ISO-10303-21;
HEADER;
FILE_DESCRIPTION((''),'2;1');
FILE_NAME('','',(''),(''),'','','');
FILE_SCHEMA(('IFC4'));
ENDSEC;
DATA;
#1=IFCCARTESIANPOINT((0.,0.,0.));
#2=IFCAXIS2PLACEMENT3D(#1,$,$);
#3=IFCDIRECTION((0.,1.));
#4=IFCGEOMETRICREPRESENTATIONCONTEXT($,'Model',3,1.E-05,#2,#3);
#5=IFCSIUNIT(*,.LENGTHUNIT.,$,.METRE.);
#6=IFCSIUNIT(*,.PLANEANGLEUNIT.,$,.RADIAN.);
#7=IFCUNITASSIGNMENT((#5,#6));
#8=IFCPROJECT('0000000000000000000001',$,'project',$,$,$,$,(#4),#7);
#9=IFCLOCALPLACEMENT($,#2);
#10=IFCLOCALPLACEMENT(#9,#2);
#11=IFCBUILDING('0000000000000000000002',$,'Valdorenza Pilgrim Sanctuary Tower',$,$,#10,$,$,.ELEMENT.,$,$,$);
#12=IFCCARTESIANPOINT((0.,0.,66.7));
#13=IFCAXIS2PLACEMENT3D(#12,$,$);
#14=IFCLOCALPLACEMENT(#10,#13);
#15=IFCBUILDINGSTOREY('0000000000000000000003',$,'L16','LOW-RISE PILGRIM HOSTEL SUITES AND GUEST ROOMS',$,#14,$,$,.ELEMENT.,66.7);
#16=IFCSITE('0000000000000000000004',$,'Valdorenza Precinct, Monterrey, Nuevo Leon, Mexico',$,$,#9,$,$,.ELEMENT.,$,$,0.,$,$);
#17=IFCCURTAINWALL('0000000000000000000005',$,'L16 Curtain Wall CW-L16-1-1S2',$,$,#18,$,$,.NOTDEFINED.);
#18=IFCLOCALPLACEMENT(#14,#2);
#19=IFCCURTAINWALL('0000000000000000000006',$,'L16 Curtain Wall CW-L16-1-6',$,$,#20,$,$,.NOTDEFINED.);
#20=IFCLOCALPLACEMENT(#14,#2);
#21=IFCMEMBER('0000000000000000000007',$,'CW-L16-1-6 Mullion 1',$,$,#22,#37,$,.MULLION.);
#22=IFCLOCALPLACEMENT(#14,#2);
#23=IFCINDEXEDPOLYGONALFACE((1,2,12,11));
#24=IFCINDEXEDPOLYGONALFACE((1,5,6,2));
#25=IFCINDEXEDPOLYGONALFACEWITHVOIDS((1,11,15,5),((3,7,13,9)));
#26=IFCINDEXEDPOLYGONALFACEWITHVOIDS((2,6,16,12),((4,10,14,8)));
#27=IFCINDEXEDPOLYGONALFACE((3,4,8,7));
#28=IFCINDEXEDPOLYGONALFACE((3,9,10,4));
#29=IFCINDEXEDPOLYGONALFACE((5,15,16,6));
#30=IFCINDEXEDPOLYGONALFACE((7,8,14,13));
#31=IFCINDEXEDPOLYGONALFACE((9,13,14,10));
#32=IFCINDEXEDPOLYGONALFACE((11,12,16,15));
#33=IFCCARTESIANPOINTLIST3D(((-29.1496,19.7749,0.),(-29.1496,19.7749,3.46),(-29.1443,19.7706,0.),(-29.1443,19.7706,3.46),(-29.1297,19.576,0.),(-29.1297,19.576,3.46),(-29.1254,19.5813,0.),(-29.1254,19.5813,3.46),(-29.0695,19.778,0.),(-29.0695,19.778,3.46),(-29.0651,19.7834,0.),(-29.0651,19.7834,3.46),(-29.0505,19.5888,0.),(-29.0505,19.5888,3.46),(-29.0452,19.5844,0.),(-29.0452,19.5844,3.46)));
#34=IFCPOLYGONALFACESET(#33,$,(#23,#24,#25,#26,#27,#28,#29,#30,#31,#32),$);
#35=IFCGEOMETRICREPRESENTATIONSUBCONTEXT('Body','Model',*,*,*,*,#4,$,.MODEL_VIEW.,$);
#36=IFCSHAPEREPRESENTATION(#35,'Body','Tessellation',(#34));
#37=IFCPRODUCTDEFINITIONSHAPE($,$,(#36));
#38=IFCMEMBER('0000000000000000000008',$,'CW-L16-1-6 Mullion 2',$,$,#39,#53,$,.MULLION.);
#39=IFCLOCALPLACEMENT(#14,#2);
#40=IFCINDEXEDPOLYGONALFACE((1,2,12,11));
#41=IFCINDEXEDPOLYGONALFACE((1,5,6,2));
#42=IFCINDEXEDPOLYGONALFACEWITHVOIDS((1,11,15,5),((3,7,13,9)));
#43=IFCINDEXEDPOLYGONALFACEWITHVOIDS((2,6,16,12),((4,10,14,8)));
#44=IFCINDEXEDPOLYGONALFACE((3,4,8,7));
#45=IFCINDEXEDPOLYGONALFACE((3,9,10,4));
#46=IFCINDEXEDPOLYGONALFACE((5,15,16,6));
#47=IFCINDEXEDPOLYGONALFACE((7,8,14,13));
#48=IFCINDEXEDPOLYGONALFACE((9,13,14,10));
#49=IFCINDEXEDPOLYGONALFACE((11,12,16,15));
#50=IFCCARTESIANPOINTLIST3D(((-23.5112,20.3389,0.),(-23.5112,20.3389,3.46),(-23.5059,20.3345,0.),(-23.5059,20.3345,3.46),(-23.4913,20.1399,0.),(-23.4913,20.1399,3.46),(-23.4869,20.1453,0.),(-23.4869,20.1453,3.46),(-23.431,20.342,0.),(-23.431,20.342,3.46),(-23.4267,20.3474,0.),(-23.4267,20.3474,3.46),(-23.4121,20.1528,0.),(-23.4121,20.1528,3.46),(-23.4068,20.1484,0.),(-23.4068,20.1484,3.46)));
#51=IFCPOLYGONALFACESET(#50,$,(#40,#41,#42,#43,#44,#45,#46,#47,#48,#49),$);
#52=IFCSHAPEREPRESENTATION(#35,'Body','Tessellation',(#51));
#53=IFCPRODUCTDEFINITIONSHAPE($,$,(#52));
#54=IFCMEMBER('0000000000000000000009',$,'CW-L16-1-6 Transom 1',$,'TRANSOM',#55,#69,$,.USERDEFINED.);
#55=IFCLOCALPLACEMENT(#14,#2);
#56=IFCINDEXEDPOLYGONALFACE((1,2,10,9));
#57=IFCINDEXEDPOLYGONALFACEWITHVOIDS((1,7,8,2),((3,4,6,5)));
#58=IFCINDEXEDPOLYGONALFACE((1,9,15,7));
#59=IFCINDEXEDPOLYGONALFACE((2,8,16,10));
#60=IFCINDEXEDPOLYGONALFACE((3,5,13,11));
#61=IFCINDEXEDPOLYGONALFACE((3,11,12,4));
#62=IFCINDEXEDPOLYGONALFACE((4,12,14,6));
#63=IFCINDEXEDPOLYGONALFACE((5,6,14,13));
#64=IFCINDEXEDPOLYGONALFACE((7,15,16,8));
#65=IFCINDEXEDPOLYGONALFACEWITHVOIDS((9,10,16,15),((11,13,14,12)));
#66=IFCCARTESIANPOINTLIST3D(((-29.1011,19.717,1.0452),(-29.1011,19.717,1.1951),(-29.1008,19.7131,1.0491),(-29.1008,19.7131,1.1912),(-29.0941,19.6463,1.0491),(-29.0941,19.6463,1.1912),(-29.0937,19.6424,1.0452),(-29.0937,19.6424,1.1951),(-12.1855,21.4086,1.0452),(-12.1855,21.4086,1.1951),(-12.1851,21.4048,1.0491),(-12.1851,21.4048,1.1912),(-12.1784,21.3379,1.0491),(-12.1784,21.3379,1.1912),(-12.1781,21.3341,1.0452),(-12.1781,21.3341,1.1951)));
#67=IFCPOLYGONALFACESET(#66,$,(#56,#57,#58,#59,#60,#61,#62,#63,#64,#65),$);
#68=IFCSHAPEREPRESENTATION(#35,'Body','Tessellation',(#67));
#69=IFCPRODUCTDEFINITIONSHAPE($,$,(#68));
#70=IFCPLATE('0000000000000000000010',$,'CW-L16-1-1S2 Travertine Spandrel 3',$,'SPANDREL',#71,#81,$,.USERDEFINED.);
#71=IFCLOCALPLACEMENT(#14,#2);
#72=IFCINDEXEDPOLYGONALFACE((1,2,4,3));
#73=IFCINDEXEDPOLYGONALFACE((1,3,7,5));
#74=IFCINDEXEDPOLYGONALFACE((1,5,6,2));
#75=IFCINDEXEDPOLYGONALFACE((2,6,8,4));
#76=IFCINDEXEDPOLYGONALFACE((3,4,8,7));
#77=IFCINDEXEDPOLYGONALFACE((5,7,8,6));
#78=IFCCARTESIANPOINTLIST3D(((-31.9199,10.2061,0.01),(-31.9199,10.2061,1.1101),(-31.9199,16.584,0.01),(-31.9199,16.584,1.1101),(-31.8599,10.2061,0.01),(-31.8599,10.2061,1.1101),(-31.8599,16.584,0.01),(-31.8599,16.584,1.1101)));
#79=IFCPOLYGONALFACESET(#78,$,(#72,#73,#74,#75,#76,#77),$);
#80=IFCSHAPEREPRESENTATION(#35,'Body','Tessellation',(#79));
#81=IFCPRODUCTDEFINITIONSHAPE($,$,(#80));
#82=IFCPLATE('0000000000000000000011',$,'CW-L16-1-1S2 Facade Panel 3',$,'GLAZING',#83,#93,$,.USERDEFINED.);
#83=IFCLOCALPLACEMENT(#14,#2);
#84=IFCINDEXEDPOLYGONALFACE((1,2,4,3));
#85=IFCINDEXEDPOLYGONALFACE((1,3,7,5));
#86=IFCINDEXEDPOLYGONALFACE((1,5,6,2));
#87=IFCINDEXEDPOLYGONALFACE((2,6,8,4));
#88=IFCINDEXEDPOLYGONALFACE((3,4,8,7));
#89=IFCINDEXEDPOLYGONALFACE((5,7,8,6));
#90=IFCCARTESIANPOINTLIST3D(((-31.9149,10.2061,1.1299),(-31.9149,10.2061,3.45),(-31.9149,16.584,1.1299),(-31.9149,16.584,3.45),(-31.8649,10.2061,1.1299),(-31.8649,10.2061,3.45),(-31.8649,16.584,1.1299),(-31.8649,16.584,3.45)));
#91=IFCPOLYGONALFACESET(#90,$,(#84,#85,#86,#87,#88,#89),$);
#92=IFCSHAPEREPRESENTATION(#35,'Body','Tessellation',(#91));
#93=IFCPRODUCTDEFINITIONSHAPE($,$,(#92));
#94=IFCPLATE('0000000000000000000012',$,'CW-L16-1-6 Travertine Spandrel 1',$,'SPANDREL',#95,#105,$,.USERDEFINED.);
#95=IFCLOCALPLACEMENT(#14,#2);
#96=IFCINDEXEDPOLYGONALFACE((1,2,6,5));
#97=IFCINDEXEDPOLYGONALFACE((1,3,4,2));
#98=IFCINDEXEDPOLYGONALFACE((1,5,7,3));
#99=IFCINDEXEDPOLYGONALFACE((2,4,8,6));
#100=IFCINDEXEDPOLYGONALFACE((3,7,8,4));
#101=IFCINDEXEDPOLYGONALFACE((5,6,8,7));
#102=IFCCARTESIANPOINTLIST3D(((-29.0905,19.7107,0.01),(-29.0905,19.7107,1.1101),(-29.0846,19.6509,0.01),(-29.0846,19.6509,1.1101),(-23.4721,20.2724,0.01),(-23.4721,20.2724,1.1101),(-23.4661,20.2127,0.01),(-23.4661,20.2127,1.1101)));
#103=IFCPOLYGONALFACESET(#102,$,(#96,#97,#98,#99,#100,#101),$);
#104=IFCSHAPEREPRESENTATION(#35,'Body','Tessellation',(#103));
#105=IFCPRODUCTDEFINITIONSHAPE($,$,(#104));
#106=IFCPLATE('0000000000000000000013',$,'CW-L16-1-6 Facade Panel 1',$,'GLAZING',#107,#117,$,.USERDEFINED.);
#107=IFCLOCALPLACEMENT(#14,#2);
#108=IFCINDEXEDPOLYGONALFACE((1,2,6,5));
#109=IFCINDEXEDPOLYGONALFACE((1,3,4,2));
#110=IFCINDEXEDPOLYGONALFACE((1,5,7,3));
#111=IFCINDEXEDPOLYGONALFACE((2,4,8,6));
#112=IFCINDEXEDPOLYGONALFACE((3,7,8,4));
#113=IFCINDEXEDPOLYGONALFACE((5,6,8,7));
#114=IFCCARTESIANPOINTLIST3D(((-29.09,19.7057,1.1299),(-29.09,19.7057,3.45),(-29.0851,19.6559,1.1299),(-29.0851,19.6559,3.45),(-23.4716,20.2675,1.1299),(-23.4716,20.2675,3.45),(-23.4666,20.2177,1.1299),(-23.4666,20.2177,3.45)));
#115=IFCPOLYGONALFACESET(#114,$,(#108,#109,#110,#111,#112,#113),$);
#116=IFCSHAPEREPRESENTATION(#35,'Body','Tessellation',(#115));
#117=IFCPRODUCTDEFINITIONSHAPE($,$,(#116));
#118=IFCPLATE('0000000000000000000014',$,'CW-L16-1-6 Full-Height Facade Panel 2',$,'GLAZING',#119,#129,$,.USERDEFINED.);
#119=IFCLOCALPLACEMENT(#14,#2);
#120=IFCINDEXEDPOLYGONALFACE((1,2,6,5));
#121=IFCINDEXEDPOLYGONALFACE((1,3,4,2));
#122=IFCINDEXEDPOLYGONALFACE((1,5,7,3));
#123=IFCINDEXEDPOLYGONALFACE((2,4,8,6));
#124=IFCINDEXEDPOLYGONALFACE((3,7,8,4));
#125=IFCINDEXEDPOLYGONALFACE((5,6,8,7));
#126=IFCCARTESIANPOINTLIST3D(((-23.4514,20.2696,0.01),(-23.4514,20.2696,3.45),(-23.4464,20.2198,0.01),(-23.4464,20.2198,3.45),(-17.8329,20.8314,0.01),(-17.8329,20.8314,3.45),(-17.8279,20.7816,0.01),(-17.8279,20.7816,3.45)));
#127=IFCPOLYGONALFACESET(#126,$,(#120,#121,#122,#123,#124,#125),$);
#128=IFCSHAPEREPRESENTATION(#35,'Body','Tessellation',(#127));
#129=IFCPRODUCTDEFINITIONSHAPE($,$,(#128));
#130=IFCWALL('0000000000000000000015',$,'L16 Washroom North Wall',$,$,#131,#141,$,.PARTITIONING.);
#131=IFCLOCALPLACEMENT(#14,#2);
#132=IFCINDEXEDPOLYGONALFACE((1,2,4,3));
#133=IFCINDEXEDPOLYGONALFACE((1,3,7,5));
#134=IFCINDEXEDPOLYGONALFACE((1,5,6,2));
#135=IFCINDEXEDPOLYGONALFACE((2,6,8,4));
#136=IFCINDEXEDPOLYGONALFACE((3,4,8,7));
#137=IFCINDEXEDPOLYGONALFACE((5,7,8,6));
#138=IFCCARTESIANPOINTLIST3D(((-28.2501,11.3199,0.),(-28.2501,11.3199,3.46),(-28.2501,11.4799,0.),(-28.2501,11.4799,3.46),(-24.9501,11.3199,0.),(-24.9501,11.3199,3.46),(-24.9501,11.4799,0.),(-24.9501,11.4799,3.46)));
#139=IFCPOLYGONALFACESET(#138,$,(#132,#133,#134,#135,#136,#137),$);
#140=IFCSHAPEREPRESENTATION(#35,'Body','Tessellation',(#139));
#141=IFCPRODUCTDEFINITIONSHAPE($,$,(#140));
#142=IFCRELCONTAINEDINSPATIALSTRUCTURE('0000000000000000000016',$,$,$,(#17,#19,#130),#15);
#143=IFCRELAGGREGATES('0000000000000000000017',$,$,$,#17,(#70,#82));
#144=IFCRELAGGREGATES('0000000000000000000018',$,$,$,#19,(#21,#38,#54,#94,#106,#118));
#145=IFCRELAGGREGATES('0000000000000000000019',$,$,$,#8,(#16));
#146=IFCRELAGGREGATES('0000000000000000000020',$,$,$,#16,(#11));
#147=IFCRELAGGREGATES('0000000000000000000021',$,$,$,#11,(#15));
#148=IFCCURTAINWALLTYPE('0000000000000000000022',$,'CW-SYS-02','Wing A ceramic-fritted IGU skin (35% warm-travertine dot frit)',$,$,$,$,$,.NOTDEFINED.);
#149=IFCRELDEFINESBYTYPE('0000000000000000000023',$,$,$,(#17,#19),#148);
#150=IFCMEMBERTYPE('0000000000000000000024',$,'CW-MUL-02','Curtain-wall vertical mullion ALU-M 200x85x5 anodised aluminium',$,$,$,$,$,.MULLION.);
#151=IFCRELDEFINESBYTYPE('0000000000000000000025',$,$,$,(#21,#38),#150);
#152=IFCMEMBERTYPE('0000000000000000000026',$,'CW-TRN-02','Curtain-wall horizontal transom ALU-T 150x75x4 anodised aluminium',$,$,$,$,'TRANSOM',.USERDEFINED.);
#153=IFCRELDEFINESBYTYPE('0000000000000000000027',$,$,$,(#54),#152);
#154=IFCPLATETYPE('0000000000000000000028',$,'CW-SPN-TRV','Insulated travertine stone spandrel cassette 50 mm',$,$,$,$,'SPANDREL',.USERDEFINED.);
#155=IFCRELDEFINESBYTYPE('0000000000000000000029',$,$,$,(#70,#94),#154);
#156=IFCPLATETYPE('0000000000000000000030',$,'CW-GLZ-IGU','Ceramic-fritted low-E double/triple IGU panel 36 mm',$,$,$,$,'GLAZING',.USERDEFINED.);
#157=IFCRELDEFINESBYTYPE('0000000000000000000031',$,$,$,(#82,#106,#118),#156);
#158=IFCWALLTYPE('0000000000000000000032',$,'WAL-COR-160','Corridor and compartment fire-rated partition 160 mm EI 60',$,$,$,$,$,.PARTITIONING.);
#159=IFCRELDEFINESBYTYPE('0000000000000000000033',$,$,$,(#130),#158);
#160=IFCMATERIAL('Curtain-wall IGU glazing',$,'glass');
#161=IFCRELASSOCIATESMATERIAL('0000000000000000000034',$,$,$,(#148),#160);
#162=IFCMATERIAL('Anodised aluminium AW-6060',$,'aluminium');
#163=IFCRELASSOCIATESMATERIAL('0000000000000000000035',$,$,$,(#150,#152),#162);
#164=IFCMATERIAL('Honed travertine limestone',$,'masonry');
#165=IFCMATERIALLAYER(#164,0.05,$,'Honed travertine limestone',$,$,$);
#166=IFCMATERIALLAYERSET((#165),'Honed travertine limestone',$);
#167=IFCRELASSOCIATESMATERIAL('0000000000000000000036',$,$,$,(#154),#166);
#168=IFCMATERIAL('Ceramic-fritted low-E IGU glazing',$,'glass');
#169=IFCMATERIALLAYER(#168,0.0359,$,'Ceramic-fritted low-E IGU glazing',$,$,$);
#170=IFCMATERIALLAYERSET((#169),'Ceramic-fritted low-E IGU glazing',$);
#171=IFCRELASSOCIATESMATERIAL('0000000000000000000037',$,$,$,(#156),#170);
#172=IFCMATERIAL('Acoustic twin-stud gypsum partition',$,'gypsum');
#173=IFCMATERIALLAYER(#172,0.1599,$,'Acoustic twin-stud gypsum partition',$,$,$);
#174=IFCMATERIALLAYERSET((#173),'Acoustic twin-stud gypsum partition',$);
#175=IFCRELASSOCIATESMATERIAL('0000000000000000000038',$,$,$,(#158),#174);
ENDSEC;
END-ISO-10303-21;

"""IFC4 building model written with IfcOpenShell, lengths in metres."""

from ifc_helpers import new_model, si_unit, direction, frame, frame_2d, origin, origin_2d, place, context, subcontext, project, spatial, rectangle, hollow_rectangle, extrude, source, transform, mapped, material, layer, layer_set, material_profile, profile_set, type_object, element, aggregate, save


model = new_model("IFC4")

# Units and contexts
model_context = context("Model", 3, precision=1e-05, world=origin(), true_north=direction((0.0, 1.0)))
body_context = subcontext(model_context, "Body", "Model", "MODEL_VIEW")
ifc_project = project(units=[si_unit("LENGTHUNIT", "METRE"), si_unit("PLANEANGLEUNIT", "RADIAN")], contexts=[model_context])

# Site, building, storey
site_placement = place(None, origin())
site = spatial("IfcSite", under=ifc_project, at=site_placement, Name="Valdorenza Precinct, Monterrey, Nuevo Leon, Mexico", CompositionType="ELEMENT", RefElevation=0.0)
building_placement = place(site_placement, origin())
building = spatial("IfcBuilding", under=site, at=building_placement, Name="Valdorenza Pilgrim Sanctuary Tower", CompositionType="ELEMENT")
storey_placement = place(building_placement, frame((0.0, 0.0, 66.7)))
storey = spatial("IfcBuildingStorey", under=building, at=storey_placement, Name="L16", Description="LOW-RISE PILGRIM HOSTEL SUITES AND GUEST ROOMS", CompositionType="ELEMENT", Elevation=66.7)

# Curtain walls, members
ifc_material_1 = material(Name="Curtain-wall IGU glazing", Category="glass")
curtain_wall_type = type_object("IfcCurtainWallType", Name="CW-SYS-02", Description="Wing A ceramic-fritted IGU skin (35% warm-travertine dot frit)", PredefinedType="NOTDEFINED", material=ifc_material_1)
curtain_wall_1_placement = place(storey_placement, origin())
curtain_wall_1 = element("IfcCurtainWall", 1, at=curtain_wall_1_placement, inside=storey, type_object=curtain_wall_type, Name="L16 Curtain Wall CW-L16-1-1S2", PredefinedType="NOTDEFINED")
ifc_material_2 = material(Name="Anodised aluminium AW-6060", Category="aluminium")
ifc_material_profile_1 = material_profile(ifc_material_2, hollow_rectangle(XDim=0.085, YDim=0.2, WallThickness=0.0049, at=origin_2d()), Name="ALU-M 200x85x5")
ifc_profile_set_1 = profile_set([ifc_material_profile_1], Name="Anodised aluminium AW-6060")
member_type_1 = type_object("IfcMemberType", Name="CW-MUL-02", Description="Curtain-wall vertical mullion ALU-M 200x85x5 anodised aluminium", PredefinedType="MULLION", material=ifc_profile_set_1)
shared_shape_1 = source(origin(), body_context, "Body", "SweptSolid", [
    extrude(hollow_rectangle(XDim=0.085, YDim=0.2, WallThickness=0.0049, at=origin_2d()), origin(), (0.0, 0.0, 1.0), 3.46),
])
curtain_wall_2_placement = place(storey_placement, origin())
curtain_wall_2 = element("IfcCurtainWall", 2, at=curtain_wall_2_placement, inside=storey, type_object=curtain_wall_type, Name="L16 Curtain Wall CW-L16-1-6", PredefinedType="NOTDEFINED")
member_1_placement = place(storey_placement, frame((-29.0974, 19.6797, 0.0), z_axis=(0.0, 0.0, 1.0), x_axis=(0.995038, 0.099493, 0.0)))
member_1 = element("IfcMember", 3, at=member_1_placement, type_object=member_type_1, Name="CW-L16-1-6 Mullion 1", PredefinedType="MULLION", context=body_context, shape_type="MappedRepresentation", body=[
    mapped(shared_shape_1, transform((0.0, 0.0, 0.0), x_axis=(1.0, 0.0, 0.0), y_axis=(0.0, 1.0, 0.0), z_axis=(0.0, 0.0, 1.0), scale=1.0)),
])
member_2_placement = place(storey_placement, frame((-23.459, 20.2437, 0.0), z_axis=(0.0, 0.0, 1.0), x_axis=(0.995038, 0.099493, 0.0)))
member_2 = element("IfcMember", 4, at=member_2_placement, type_object=member_type_1, Name="CW-L16-1-6 Mullion 2", PredefinedType="MULLION", context=body_context, shape_type="MappedRepresentation", body=[
    mapped(shared_shape_1, transform((0.0, 0.0, 0.0), x_axis=(1.0, 0.0, 0.0), y_axis=(0.0, 1.0, 0.0), z_axis=(0.0, 0.0, 1.0), scale=1.0)),
])
ifc_material_profile_2 = material_profile(ifc_material_2, hollow_rectangle(XDim=0.075, YDim=0.1499, WallThickness=0.0039, at=origin_2d()), Name="ALU-T 150x75x4")
ifc_profile_set_2 = profile_set([ifc_material_profile_2], Name="Anodised aluminium AW-6060")
member_type_2 = type_object("IfcMemberType", Name="CW-TRN-02", Description="Curtain-wall horizontal transom ALU-T 150x75x4 anodised aluminium", ElementType="TRANSOM", PredefinedType="USERDEFINED", material=ifc_profile_set_2)
shared_shape_2 = source(origin(), body_context, "Body", "SweptSolid", [
    extrude(hollow_rectangle(XDim=0.075, YDim=0.1499, WallThickness=0.0039, at=origin_2d()), origin(), (0.0, 0.0, 1.0), 17.0),
])
member_3_placement = place(storey_placement, frame((-29.0974, 19.6797, 1.1201), z_axis=(0.995037, 0.099509, 0.0), x_axis=(-0.099509, 0.995037, 0.0)))
member_3 = element("IfcMember", 5, at=member_3_placement, type_object=member_type_2, Name="CW-L16-1-6 Transom 1", ObjectType="TRANSOM", PredefinedType="USERDEFINED", context=body_context, shape_type="MappedRepresentation", body=[
    mapped(shared_shape_2, transform((0.0, 0.0, 0.0), x_axis=(1.0, 0.0, 0.0), y_axis=(0.0, 1.0, 0.0), z_axis=(0.0, 0.0, 1.0), scale=1.0)),
])

# Plates
ifc_material_3 = material(Name="Honed travertine limestone", Category="masonry")
ifc_layer_1 = layer(ifc_material_3, 0.05, Name="Honed travertine limestone")
ifc_layer_set_1 = layer_set([ifc_layer_1], Name="Honed travertine limestone")
plate_type_1 = type_object("IfcPlateType", Name="CW-SPN-TRV", Description="Insulated travertine stone spandrel cassette 50 mm", ElementType="SPANDREL", PredefinedType="USERDEFINED", material=ifc_layer_set_1)
shared_shape_3 = source(origin(), body_context, "Body", "SweptSolid", [
    extrude(rectangle(XDim=6.3779, YDim=0.0601, at=origin_2d()), origin(), (0.0, 0.0, 1.0), 1.1001),
])
plate_1_placement = place(storey_placement, frame((-31.8899, 13.395, 0.01), z_axis=(0.0, 0.0, 1.0), x_axis=(0.0, 1.0, 0.0)))
plate_1 = element("IfcPlate", 6, at=plate_1_placement, type_object=plate_type_1, Name="CW-L16-1-1S2 Travertine Spandrel 3", ObjectType="SPANDREL", PredefinedType="USERDEFINED", context=body_context, shape_type="MappedRepresentation", body=[
    mapped(shared_shape_3, transform((0.0, 0.0, 0.0), x_axis=(1.0, 0.0, 0.0), y_axis=(0.0, 1.0, 0.0), z_axis=(0.0, 0.0, 1.0), scale=1.0)),
])
ifc_material_4 = material(Name="Ceramic-fritted low-E IGU glazing", Category="glass")
ifc_layer_2 = layer(ifc_material_4, 0.0359, Name="Ceramic-fritted low-E IGU glazing")
ifc_layer_set_2 = layer_set([ifc_layer_2], Name="Ceramic-fritted low-E IGU glazing")
plate_type_2 = type_object("IfcPlateType", Name="CW-GLZ-IGU", Description="Ceramic-fritted low-E double/triple IGU panel 36 mm", ElementType="GLAZING", PredefinedType="USERDEFINED", material=ifc_layer_set_2)
shared_shape_4 = source(origin(), body_context, "Body", "SweptSolid", [
    extrude(rectangle(XDim=6.3779, YDim=0.05, at=origin_2d()), origin(), (0.0, 0.0, 1.0), 2.3201),
])
plate_2_placement = place(storey_placement, frame((-31.8899, 13.395, 1.1299), z_axis=(0.0, 0.0, 1.0), x_axis=(0.0, 1.0, 0.0)))
plate_2 = element("IfcPlate", 7, at=plate_2_placement, type_object=plate_type_2, Name="CW-L16-1-1S2 Facade Panel 3", ObjectType="GLAZING", PredefinedType="USERDEFINED", context=body_context, shape_type="MappedRepresentation", body=[
    mapped(shared_shape_4, transform((0.0, 0.0, 0.0), x_axis=(1.0, 0.0, 0.0), y_axis=(0.0, 1.0, 0.0), z_axis=(0.0, 0.0, 1.0), scale=1.0)),
])
aggregate(curtain_wall_1, [plate_1, plate_2])
shared_shape_5 = source(origin(), body_context, "Body", "SweptSolid", [
    extrude(rectangle(XDim=5.6465, YDim=0.0601, at=origin_2d()), origin(), (0.0, 0.0, 1.0), 1.1001),
])
plate_3_placement = place(storey_placement, frame((-26.2783, 19.9617, 0.01), z_axis=(0.0, 0.0, 1.0), x_axis=(0.995038, 0.099493, 0.0)))
plate_3 = element("IfcPlate", 8, at=plate_3_placement, type_object=plate_type_1, Name="CW-L16-1-6 Travertine Spandrel 1", ObjectType="SPANDREL", PredefinedType="USERDEFINED", context=body_context, shape_type="MappedRepresentation", body=[
    mapped(shared_shape_5, transform((0.0, 0.0, 0.0), x_axis=(1.0, 0.0, 0.0), y_axis=(0.0, 1.0, 0.0), z_axis=(0.0, 0.0, 1.0), scale=1.0)),
])
shared_shape_6 = source(origin(), body_context, "Body", "SweptSolid", [
    extrude(rectangle(XDim=5.6465, YDim=0.05, at=origin_2d()), origin(), (0.0, 0.0, 1.0), 2.3201),
])
plate_4_placement = place(storey_placement, frame((-26.2783, 19.9617, 1.1299), z_axis=(0.0, 0.0, 1.0), x_axis=(0.995038, 0.099493, 0.0)))
plate_4 = element("IfcPlate", 9, at=plate_4_placement, type_object=plate_type_2, Name="CW-L16-1-6 Facade Panel 1", ObjectType="GLAZING", PredefinedType="USERDEFINED", context=body_context, shape_type="MappedRepresentation", body=[
    mapped(shared_shape_6, transform((0.0, 0.0, 0.0), x_axis=(1.0, 0.0, 0.0), y_axis=(0.0, 1.0, 0.0), z_axis=(0.0, 0.0, 1.0), scale=1.0)),
])
shared_shape_7 = source(origin(), body_context, "Body", "SweptSolid", [
    extrude(rectangle(XDim=5.6465, YDim=0.05, at=origin_2d()), origin(), (0.0, 0.0, 1.0), 3.4399),
])
plate_5_placement = place(storey_placement, frame((-20.6396, 20.5256, 0.01), z_axis=(0.0, 0.0, 1.0), x_axis=(0.995038, 0.099493, 0.0)))
plate_5 = element("IfcPlate", 10, at=plate_5_placement, type_object=plate_type_2, Name="CW-L16-1-6 Full-Height Facade Panel 2", ObjectType="GLAZING", PredefinedType="USERDEFINED", context=body_context, shape_type="MappedRepresentation", body=[
    mapped(shared_shape_7, transform((0.0, 0.0, 0.0), x_axis=(1.0, 0.0, 0.0), y_axis=(0.0, 1.0, 0.0), z_axis=(0.0, 0.0, 1.0), scale=1.0)),
])
aggregate(curtain_wall_2, [member_1, member_2, member_3, plate_3, plate_4, plate_5])

# Wall
ifc_material_5 = material(Name="Acoustic twin-stud gypsum partition", Category="gypsum")
ifc_layer_3 = layer(ifc_material_5, 0.1599, Name="Acoustic twin-stud gypsum partition")
ifc_layer_set_3 = layer_set([ifc_layer_3], Name="Acoustic twin-stud gypsum partition")
wall_type_1 = type_object("IfcWallType", Name="WAL-COR-160", Description="Corridor and compartment fire-rated partition 160 mm EI 60", PredefinedType="PARTITIONING", material=ifc_layer_set_3)
wall_1_placement = place(storey_placement, frame((-28.25, 11.3999, 0.0), z_axis=(0.0, 0.0, 1.0), x_axis=(1.0, 0.0, 0.0)))
element("IfcWall", 11, at=wall_1_placement, inside=storey, type_object=wall_type_1, Name="L16 Washroom North Wall", PredefinedType="PARTITIONING", context=body_context, shape_type="SweptSolid", body=[
    extrude(rectangle(XDim=3.3, YDim=0.1599, at=frame_2d((1.6499, 0.0))), origin(), (0.0, 0.0, 1.0), 3.46),
])

save(model, "model.ifc")
